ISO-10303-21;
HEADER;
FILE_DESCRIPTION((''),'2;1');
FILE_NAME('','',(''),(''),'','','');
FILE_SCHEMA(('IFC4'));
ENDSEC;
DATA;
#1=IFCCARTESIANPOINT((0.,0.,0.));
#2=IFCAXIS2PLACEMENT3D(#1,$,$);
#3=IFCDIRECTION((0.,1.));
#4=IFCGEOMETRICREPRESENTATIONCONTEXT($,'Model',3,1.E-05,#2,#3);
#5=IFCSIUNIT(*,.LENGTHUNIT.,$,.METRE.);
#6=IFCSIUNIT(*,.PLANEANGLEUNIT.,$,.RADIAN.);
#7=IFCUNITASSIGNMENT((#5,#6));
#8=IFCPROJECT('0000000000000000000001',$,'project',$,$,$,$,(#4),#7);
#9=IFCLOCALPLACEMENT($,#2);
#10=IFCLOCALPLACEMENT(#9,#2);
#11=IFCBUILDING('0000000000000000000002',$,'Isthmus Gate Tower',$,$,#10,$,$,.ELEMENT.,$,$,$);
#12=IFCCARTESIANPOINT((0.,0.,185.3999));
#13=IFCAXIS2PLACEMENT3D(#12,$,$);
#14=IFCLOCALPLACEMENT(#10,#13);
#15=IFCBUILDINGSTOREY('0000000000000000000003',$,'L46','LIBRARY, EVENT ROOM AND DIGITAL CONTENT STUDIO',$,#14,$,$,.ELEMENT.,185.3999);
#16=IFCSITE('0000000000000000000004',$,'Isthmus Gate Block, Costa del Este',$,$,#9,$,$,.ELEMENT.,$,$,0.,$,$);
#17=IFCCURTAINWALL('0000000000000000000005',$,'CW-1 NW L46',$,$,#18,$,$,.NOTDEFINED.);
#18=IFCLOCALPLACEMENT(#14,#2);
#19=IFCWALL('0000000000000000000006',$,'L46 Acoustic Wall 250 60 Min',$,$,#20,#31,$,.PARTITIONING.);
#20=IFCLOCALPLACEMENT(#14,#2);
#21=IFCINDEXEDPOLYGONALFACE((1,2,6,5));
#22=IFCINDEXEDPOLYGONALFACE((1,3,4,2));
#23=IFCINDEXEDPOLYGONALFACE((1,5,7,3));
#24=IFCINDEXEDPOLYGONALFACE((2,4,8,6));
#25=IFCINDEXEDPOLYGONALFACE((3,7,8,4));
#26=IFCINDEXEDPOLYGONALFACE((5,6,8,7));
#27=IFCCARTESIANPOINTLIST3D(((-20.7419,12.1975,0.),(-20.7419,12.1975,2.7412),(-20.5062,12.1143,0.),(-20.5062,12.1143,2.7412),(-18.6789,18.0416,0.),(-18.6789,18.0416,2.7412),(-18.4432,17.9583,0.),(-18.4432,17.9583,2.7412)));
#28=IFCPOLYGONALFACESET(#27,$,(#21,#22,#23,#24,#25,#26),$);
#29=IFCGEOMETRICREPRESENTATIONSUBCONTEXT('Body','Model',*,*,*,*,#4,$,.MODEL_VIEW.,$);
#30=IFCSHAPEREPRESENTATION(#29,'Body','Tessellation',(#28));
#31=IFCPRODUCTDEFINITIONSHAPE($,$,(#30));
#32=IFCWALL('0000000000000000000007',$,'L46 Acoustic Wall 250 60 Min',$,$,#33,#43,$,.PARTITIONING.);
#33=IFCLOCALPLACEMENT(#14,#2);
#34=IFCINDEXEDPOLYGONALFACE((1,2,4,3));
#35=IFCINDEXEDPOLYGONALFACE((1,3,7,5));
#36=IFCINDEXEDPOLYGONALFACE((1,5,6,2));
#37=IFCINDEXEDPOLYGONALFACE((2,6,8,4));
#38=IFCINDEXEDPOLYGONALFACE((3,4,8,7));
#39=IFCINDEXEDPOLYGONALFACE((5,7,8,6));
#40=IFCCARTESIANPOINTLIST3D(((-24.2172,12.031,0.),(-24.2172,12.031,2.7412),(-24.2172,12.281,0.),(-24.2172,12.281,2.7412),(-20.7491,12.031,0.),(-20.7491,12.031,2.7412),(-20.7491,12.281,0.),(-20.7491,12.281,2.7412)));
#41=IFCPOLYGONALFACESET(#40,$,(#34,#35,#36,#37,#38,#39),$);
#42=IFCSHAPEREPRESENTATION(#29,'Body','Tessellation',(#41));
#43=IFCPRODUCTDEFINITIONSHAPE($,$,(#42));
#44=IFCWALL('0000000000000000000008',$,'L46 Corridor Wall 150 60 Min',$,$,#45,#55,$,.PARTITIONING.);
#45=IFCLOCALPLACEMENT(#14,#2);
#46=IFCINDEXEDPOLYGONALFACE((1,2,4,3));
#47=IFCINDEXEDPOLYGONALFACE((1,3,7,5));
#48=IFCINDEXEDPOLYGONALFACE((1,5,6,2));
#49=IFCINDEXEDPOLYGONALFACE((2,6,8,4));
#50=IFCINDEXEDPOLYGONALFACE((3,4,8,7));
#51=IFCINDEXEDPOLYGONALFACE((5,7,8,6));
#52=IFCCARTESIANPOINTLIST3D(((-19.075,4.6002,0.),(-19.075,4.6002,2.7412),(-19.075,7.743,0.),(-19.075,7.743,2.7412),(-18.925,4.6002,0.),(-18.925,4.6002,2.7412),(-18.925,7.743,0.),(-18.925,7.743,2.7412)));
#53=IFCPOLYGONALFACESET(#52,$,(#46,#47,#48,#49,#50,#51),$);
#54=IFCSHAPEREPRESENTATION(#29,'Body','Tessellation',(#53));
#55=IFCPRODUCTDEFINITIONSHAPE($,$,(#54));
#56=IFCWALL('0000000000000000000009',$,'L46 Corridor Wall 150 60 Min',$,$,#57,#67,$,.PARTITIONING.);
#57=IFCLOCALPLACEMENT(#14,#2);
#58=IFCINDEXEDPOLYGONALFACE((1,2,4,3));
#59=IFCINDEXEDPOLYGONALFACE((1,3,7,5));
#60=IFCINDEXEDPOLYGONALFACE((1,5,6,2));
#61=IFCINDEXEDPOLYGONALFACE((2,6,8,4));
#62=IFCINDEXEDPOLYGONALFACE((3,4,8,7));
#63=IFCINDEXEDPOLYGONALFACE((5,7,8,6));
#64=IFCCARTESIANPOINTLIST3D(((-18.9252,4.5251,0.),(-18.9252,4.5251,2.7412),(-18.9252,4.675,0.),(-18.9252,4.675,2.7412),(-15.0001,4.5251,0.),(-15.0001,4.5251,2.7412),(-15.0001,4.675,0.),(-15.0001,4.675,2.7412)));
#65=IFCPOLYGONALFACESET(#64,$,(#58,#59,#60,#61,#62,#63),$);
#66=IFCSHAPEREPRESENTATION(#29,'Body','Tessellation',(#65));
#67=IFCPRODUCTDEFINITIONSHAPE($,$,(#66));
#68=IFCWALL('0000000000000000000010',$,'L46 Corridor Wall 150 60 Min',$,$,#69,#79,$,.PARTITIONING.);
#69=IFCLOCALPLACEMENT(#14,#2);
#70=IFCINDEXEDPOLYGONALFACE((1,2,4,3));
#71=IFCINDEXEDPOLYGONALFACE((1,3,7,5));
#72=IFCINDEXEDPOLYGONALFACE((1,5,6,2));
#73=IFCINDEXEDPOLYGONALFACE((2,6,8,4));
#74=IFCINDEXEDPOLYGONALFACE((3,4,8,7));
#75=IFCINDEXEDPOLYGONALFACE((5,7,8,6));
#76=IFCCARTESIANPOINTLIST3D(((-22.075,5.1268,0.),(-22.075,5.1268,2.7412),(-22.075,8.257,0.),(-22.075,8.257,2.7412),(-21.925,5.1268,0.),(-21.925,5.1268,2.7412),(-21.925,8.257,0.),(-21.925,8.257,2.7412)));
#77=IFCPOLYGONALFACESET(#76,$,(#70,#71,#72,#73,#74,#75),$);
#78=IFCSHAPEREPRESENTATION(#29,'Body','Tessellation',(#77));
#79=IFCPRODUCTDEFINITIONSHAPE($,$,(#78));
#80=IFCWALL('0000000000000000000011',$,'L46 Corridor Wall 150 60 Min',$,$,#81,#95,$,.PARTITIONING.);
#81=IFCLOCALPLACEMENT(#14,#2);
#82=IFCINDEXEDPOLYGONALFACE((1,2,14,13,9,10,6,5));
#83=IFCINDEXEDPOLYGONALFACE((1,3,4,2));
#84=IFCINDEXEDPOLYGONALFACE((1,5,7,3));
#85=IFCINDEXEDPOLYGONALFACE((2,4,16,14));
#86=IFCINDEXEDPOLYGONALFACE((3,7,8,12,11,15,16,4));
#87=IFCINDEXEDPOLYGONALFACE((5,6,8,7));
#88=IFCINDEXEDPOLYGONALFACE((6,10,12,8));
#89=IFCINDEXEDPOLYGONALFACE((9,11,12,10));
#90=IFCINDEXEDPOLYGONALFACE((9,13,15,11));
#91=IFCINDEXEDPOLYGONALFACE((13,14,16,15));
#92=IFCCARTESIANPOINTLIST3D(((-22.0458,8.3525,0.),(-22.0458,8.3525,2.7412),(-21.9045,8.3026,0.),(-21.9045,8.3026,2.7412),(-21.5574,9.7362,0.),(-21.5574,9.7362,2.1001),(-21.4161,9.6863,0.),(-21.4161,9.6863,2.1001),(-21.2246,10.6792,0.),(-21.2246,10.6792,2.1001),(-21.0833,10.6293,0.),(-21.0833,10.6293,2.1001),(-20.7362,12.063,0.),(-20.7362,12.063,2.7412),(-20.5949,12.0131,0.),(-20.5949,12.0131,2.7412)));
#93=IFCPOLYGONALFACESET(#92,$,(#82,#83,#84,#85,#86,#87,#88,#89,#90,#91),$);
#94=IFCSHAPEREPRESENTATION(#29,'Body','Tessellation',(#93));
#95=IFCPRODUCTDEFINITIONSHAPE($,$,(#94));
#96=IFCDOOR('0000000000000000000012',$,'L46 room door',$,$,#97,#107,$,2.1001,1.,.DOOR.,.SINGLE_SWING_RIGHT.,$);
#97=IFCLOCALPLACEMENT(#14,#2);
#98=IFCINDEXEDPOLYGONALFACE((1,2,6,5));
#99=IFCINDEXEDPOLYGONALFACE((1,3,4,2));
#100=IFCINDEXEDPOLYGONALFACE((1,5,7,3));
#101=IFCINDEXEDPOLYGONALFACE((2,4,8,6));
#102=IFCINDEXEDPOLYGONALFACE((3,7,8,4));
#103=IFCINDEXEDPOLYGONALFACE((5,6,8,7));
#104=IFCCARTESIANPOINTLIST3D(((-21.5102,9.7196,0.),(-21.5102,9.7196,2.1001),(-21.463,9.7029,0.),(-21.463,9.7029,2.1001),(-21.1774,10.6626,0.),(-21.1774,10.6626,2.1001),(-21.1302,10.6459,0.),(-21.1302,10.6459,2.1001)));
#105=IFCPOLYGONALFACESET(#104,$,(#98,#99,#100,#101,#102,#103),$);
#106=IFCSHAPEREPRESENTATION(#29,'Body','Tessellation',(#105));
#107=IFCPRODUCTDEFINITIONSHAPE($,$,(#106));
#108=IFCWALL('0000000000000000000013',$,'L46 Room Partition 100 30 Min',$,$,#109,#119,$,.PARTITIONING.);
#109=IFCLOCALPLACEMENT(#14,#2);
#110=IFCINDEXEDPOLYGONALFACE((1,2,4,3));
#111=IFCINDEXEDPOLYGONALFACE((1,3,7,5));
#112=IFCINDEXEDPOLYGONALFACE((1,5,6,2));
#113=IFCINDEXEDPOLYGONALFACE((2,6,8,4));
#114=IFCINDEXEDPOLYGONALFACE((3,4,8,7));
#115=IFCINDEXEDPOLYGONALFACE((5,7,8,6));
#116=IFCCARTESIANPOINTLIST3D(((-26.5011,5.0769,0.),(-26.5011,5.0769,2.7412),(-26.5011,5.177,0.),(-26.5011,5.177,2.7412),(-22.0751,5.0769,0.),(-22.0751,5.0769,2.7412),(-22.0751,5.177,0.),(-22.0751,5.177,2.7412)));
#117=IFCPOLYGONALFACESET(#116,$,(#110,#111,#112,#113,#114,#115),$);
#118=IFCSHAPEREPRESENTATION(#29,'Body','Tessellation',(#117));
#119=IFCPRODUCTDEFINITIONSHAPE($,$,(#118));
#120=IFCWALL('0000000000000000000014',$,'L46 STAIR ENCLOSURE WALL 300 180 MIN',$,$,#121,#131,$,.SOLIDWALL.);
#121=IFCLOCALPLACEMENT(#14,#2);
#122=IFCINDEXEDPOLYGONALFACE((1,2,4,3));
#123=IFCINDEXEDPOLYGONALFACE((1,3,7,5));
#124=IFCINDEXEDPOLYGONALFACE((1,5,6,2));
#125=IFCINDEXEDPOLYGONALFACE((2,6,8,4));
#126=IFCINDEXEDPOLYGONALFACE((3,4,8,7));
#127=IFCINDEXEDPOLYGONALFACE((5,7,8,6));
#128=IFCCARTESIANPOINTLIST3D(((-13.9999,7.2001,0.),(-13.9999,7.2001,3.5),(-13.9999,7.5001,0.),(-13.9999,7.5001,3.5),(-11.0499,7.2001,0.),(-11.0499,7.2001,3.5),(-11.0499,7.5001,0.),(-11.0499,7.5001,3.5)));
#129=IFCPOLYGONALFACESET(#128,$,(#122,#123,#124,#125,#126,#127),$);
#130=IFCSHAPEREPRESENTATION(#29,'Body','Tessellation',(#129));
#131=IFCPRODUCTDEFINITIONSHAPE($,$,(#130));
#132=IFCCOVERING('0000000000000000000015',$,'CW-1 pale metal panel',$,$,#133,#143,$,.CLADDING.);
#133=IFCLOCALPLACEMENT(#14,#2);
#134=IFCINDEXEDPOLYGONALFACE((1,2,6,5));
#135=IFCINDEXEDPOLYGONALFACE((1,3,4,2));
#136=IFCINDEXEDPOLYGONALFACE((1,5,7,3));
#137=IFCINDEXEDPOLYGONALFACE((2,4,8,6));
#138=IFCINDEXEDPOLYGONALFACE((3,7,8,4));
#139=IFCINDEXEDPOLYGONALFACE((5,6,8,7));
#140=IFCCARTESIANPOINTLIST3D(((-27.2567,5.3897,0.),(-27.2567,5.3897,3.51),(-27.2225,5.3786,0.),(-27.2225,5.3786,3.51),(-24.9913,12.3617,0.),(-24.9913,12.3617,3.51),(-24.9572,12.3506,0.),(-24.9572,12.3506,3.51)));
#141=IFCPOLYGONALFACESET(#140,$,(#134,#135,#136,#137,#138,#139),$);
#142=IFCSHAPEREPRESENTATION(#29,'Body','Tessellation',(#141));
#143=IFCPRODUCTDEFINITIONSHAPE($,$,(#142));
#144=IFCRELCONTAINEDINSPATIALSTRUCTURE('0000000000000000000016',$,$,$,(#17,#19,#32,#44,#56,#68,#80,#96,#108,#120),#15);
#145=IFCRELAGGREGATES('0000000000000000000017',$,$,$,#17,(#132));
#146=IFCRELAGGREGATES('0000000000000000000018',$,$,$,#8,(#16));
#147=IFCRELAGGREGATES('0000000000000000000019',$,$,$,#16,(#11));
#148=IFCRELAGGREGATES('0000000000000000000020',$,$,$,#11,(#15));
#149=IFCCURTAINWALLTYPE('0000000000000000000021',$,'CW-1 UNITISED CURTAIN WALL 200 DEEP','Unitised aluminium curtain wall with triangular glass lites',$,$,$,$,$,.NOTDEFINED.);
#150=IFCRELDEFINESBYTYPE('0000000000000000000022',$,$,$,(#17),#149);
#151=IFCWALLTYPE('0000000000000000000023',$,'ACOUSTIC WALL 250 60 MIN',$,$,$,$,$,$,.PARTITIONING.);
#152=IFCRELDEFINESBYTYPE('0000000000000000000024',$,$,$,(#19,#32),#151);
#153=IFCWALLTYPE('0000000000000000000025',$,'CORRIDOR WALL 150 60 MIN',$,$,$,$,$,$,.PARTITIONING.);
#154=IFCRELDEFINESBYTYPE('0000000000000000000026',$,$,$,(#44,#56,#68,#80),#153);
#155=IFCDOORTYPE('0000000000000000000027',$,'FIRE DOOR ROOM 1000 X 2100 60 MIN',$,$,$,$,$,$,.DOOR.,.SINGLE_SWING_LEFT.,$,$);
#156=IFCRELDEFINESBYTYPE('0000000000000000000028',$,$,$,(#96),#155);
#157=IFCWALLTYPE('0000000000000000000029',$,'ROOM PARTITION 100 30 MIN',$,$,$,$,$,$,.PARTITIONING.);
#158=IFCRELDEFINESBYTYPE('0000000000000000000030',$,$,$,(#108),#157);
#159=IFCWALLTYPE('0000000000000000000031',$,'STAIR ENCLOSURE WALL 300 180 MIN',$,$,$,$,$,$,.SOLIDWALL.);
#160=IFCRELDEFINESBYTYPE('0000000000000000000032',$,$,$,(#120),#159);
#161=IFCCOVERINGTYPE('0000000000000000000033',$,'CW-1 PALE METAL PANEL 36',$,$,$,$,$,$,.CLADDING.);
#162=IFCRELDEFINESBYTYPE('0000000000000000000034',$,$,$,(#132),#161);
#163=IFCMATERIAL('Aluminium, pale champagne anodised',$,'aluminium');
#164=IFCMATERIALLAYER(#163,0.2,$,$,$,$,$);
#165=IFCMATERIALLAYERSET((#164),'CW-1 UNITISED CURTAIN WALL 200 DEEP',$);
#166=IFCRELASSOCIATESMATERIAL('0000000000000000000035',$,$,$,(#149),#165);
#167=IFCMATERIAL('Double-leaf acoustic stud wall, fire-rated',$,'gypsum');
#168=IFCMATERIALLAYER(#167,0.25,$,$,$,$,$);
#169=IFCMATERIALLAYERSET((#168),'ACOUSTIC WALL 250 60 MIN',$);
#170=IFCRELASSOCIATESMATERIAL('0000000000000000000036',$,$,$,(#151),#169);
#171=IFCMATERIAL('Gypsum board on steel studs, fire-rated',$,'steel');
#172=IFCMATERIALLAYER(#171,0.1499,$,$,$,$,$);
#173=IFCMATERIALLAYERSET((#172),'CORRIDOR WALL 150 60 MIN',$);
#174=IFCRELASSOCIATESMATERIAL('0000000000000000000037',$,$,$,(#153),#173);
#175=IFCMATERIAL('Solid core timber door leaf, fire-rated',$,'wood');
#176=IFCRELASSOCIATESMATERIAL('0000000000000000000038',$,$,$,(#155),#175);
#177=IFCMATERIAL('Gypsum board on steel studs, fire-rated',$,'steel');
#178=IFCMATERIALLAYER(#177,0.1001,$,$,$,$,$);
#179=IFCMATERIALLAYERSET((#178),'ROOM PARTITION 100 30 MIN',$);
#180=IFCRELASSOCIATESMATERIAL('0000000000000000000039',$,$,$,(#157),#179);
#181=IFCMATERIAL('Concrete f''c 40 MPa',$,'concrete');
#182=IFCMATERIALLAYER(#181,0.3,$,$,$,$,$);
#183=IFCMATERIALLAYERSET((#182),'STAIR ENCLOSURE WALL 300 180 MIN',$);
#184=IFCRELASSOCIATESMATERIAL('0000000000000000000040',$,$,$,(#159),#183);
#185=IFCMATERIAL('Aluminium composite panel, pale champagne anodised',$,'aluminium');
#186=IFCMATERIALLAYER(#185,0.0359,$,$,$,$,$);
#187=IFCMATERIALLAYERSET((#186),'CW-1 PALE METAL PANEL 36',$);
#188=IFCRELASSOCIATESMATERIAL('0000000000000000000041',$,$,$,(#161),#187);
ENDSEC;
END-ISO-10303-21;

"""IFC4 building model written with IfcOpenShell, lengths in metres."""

from ifc_helpers import new_model, si_unit, direction, frame, frame_2d, origin, origin_2d, place, context, subcontext, project, spatial, rectangle, extrude, material, layer, layer_set, type_object, element, fill, aggregate, save


model = new_model("IFC4")

# Units and contexts
model_context = context("Model", 3, precision=1e-05, world=origin(), true_north=direction((0.0, 1.0)))
body_context = subcontext(model_context, "Body", "Model", "MODEL_VIEW")
ifc_project = project(units=[si_unit("LENGTHUNIT", "METRE"), si_unit("PLANEANGLEUNIT", "RADIAN")], contexts=[model_context])

# Site, building, storey
site_placement = place(None, origin())
site = spatial("IfcSite", under=ifc_project, at=site_placement, Name="Isthmus Gate Block, Costa del Este", CompositionType="ELEMENT", RefElevation=0.0)
building_placement = place(site_placement, origin())
building = spatial("IfcBuilding", under=site, at=building_placement, Name="Isthmus Gate Tower", CompositionType="ELEMENT")
storey_placement = place(building_placement, frame((0.0, 0.0, 185.3999)))
storey = spatial("IfcBuildingStorey", under=building, at=storey_placement, Name="L46", Description="LIBRARY, EVENT ROOM AND DIGITAL CONTENT STUDIO", CompositionType="ELEMENT", Elevation=185.3999)

# Curtain wall
ifc_material_1 = material(Name="Aluminium, pale champagne anodised", Category="aluminium")
ifc_layer_1 = layer(ifc_material_1, 0.2)
ifc_layer_set_1 = layer_set([ifc_layer_1], Name="CW-1 UNITISED CURTAIN WALL 200 DEEP")
curtain_wall_type = type_object("IfcCurtainWallType", Name="CW-1 UNITISED CURTAIN WALL 200 DEEP", Description="Unitised aluminium curtain wall with triangular glass lites", PredefinedType="NOTDEFINED", material=ifc_layer_set_1)
curtain_wall_placement = place(storey_placement, origin())
curtain_wall = element("IfcCurtainWall", 1, at=curtain_wall_placement, inside=storey, type_object=curtain_wall_type, Name="CW-1 NW L46", PredefinedType="NOTDEFINED")

# Walls
ifc_material_2 = material(Name="Double-leaf acoustic stud wall, fire-rated", Category="gypsum")
ifc_layer_2 = layer(ifc_material_2, 0.25)
ifc_layer_set_2 = layer_set([ifc_layer_2], Name="ACOUSTIC WALL 250 60 MIN")
wall_type_1 = type_object("IfcWallType", Name="ACOUSTIC WALL 250 60 MIN", PredefinedType="PARTITIONING", material=ifc_layer_set_2)
wall_1_placement = place(storey_placement, frame((-20.624, 12.156, 0.0), z_axis=(0.0, 0.0, 1.0), x_axis=(0.332878, 0.94297, 0.0)))
element("IfcWall", 2, at=wall_1_placement, inside=storey, type_object=wall_type_1, Name="L46 Acoustic Wall 250 60 Min", PredefinedType="PARTITIONING", context=body_context, shape_type="SweptSolid", body=[
    extrude(rectangle(XDim=6.1975, YDim=0.25, at=frame_2d((3.0986, 0.0))), origin(), (0.0, 0.0, 1.0), 2.7412),
])
wall_2_placement = place(storey_placement, frame((-24.217, 12.156, 0.0), z_axis=(0.0, 0.0, 1.0), x_axis=(1.0, 0.0, 0.0)))
element("IfcWall", 3, at=wall_2_placement, inside=storey, type_object=wall_type_1, Name="L46 Acoustic Wall 250 60 Min", PredefinedType="PARTITIONING", context=body_context, shape_type="SweptSolid", body=[
    extrude(rectangle(XDim=3.468, YDim=0.25, at=frame_2d((1.7339, 0.0))), origin(), (0.0, 0.0, 1.0), 2.7412),
])
ifc_material_3 = material(Name="Gypsum board on steel studs, fire-rated", Category="steel")
ifc_layer_3 = layer(ifc_material_3, 0.1499)
ifc_layer_set_3 = layer_set([ifc_layer_3], Name="CORRIDOR WALL 150 60 MIN")
wall_type_2 = type_object("IfcWallType", Name="CORRIDOR WALL 150 60 MIN", PredefinedType="PARTITIONING", material=ifc_layer_set_3)
wall_3_placement = place(storey_placement, frame((-19.0, 7.7429, 0.0), z_axis=(0.0, 0.0, 1.0), x_axis=(0.0, -1.0, 0.0)))
element("IfcWall", 4, at=wall_3_placement, inside=storey, type_object=wall_type_2, Name="L46 Corridor Wall 150 60 Min", PredefinedType="PARTITIONING", context=body_context, shape_type="SweptSolid", body=[
    extrude(rectangle(XDim=3.1428, YDim=0.1499, at=frame_2d((1.5713, 0.0))), origin(), (0.0, 0.0, 1.0), 2.7412),
])
wall_4_placement = place(storey_placement, frame((-18.925, 4.6001, 0.0), z_axis=(0.0, 0.0, 1.0), x_axis=(1.0, 0.0, 0.0)))
element("IfcWall", 5, at=wall_4_placement, inside=storey, type_object=wall_type_2, Name="L46 Corridor Wall 150 60 Min", PredefinedType="PARTITIONING", context=body_context, shape_type="SweptSolid", body=[
    extrude(rectangle(XDim=3.925, YDim=0.1499, at=frame_2d((1.9624, 0.0))), origin(), (0.0, 0.0, 1.0), 2.7412),
])
wall_5_placement = place(storey_placement, frame((-22.0, 5.127, 0.0), z_axis=(0.0, 0.0, 1.0), x_axis=(0.0, 1.0, 0.0)))
element("IfcWall", 6, at=wall_5_placement, inside=storey, type_object=wall_type_2, Name="L46 Corridor Wall 150 60 Min", PredefinedType="PARTITIONING", context=body_context, shape_type="SweptSolid", body=[
    extrude(rectangle(XDim=3.1301, YDim=0.1499, at=frame_2d((1.5649, 0.0))), origin(), (0.0, 0.0, 1.0), 2.7412),
])

# Wall, opening, door
wall_6_placement = place(storey_placement, frame((-21.9751, 8.3276, 0.0), z_axis=(0.0, 0.0, 1.0), x_axis=(0.33282, 0.94299, 0.0)))
wall_6 = element("IfcWall", 7, at=wall_6_placement, inside=storey, type_object=wall_type_2, Name="L46 Corridor Wall 150 60 Min", PredefinedType="PARTITIONING", context=body_context, shape_type="SweptSolid", body=[
    extrude(rectangle(XDim=3.9348, YDim=0.1499, at=frame_2d((1.9673, 0.0))), origin(), (0.0, 0.0, 1.0), 2.7412),
])
opening_placement = place(wall_6_placement, frame((1.4673, 0.0, 0.0)))
opening = element("IfcOpeningElement", 8, at=opening_placement, cuts=wall_6, PredefinedType="OPENING", context=body_context, shape_type="SweptSolid", body=[
    extrude(rectangle(XDim=1.0, YDim=2.1001, at=frame_2d((0.5, 1.05))), frame((0.0, 0.085, 0.0), z_axis=(0.0, -1.0, 0.0), x_axis=(1.0, 0.0, 0.0)), (0.0, 0.0, 1.0), 0.1699),
])
ifc_material_4 = material(Name="Solid core timber door leaf, fire-rated", Category="wood")
door_type = type_object("IfcDoorType", Name="FIRE DOOR ROOM 1000 X 2100 60 MIN", OperationType="SINGLE_SWING_LEFT", PredefinedType="DOOR", material=ifc_material_4)
door_placement = place(opening_placement, origin())
door = element("IfcDoor", 9, at=door_placement, inside=storey, type_object=door_type, Name="L46 room door", OperationType="SINGLE_SWING_RIGHT", OverallHeight=2.1001, OverallWidth=1.0, PredefinedType="DOOR", context=body_context, shape_type="SweptSolid", body=[
    extrude(rectangle(XDim=1.0, YDim=2.1001, at=frame_2d((0.5, 1.05))), frame((0.0, 0.0249, 0.0), z_axis=(0.0, -1.0, 0.0), x_axis=(1.0, 0.0, 0.0)), (0.0, 0.0, 1.0), 0.05),
])
fill(opening, door)

# Walls
ifc_material_5 = material(Name="Gypsum board on steel studs, fire-rated", Category="steel")
ifc_layer_4 = layer(ifc_material_5, 0.1001)
ifc_layer_set_4 = layer_set([ifc_layer_4], Name="ROOM PARTITION 100 30 MIN")
wall_type_3 = type_object("IfcWallType", Name="ROOM PARTITION 100 30 MIN", PredefinedType="PARTITIONING", material=ifc_layer_set_4)
wall_7_placement = place(storey_placement, frame((-26.501, 5.127, 0.0), z_axis=(0.0, 0.0, 1.0), x_axis=(1.0, 0.0, 0.0)))
element("IfcWall", 10, at=wall_7_placement, inside=storey, type_object=wall_type_3, Name="L46 Room Partition 100 30 Min", PredefinedType="PARTITIONING", context=body_context, shape_type="SweptSolid", body=[
    extrude(rectangle(XDim=4.426, YDim=0.1001, at=frame_2d((2.2129, 0.0))), origin(), (0.0, 0.0, 1.0), 2.7412),
])
ifc_material_6 = material(Name="Concrete f'c 40 MPa", Category="concrete")
ifc_layer_5 = layer(ifc_material_6, 0.3)
ifc_layer_set_5 = layer_set([ifc_layer_5], Name="STAIR ENCLOSURE WALL 300 180 MIN")
wall_type_4 = type_object("IfcWallType", Name="STAIR ENCLOSURE WALL 300 180 MIN", PredefinedType="SOLIDWALL", material=ifc_layer_set_5)
wall_8_placement = place(storey_placement, frame((-14.0, 7.3501, 0.0), z_axis=(0.0, 0.0, 1.0), x_axis=(1.0, 0.0, 0.0)))
element("IfcWall", 11, at=wall_8_placement, inside=storey, type_object=wall_type_4, Name="L46 STAIR ENCLOSURE WALL 300 180 MIN", PredefinedType="SOLIDWALL", context=body_context, shape_type="SweptSolid", body=[
    extrude(rectangle(XDim=2.95, YDim=0.3, at=frame_2d((1.4751, 0.0))), origin(), (0.0, 0.0, 1.0), 3.5),
])

# Covering
ifc_material_7 = material(Name="Aluminium composite panel, pale champagne anodised", Category="aluminium")
ifc_layer_6 = layer(ifc_material_7, 0.0359)
ifc_layer_set_6 = layer_set([ifc_layer_6], Name="CW-1 PALE METAL PANEL 36")
covering_type = type_object("IfcCoveringType", Name="CW-1 PALE METAL PANEL 36", PredefinedType="CLADDING", material=ifc_layer_set_6)
covering_placement = place(storey_placement, frame((-26.1069, 8.8701, 0.0), z_axis=(0.0, 0.0, 1.0), x_axis=(-0.309017, -0.951057, 0.0)))
covering = element("IfcCovering", 12, at=covering_placement, type_object=covering_type, Name="CW-1 pale metal panel", PredefinedType="CLADDING", context=body_context, shape_type="SweptSolid", body=[
    extrude(rectangle(XDim=7.3308, YDim=0.0359, at=origin_2d()), origin(), (0.0, 0.0, 1.0), 3.51),
])
aggregate(curtain_wall, [covering])

save(model, "model.ifc")
